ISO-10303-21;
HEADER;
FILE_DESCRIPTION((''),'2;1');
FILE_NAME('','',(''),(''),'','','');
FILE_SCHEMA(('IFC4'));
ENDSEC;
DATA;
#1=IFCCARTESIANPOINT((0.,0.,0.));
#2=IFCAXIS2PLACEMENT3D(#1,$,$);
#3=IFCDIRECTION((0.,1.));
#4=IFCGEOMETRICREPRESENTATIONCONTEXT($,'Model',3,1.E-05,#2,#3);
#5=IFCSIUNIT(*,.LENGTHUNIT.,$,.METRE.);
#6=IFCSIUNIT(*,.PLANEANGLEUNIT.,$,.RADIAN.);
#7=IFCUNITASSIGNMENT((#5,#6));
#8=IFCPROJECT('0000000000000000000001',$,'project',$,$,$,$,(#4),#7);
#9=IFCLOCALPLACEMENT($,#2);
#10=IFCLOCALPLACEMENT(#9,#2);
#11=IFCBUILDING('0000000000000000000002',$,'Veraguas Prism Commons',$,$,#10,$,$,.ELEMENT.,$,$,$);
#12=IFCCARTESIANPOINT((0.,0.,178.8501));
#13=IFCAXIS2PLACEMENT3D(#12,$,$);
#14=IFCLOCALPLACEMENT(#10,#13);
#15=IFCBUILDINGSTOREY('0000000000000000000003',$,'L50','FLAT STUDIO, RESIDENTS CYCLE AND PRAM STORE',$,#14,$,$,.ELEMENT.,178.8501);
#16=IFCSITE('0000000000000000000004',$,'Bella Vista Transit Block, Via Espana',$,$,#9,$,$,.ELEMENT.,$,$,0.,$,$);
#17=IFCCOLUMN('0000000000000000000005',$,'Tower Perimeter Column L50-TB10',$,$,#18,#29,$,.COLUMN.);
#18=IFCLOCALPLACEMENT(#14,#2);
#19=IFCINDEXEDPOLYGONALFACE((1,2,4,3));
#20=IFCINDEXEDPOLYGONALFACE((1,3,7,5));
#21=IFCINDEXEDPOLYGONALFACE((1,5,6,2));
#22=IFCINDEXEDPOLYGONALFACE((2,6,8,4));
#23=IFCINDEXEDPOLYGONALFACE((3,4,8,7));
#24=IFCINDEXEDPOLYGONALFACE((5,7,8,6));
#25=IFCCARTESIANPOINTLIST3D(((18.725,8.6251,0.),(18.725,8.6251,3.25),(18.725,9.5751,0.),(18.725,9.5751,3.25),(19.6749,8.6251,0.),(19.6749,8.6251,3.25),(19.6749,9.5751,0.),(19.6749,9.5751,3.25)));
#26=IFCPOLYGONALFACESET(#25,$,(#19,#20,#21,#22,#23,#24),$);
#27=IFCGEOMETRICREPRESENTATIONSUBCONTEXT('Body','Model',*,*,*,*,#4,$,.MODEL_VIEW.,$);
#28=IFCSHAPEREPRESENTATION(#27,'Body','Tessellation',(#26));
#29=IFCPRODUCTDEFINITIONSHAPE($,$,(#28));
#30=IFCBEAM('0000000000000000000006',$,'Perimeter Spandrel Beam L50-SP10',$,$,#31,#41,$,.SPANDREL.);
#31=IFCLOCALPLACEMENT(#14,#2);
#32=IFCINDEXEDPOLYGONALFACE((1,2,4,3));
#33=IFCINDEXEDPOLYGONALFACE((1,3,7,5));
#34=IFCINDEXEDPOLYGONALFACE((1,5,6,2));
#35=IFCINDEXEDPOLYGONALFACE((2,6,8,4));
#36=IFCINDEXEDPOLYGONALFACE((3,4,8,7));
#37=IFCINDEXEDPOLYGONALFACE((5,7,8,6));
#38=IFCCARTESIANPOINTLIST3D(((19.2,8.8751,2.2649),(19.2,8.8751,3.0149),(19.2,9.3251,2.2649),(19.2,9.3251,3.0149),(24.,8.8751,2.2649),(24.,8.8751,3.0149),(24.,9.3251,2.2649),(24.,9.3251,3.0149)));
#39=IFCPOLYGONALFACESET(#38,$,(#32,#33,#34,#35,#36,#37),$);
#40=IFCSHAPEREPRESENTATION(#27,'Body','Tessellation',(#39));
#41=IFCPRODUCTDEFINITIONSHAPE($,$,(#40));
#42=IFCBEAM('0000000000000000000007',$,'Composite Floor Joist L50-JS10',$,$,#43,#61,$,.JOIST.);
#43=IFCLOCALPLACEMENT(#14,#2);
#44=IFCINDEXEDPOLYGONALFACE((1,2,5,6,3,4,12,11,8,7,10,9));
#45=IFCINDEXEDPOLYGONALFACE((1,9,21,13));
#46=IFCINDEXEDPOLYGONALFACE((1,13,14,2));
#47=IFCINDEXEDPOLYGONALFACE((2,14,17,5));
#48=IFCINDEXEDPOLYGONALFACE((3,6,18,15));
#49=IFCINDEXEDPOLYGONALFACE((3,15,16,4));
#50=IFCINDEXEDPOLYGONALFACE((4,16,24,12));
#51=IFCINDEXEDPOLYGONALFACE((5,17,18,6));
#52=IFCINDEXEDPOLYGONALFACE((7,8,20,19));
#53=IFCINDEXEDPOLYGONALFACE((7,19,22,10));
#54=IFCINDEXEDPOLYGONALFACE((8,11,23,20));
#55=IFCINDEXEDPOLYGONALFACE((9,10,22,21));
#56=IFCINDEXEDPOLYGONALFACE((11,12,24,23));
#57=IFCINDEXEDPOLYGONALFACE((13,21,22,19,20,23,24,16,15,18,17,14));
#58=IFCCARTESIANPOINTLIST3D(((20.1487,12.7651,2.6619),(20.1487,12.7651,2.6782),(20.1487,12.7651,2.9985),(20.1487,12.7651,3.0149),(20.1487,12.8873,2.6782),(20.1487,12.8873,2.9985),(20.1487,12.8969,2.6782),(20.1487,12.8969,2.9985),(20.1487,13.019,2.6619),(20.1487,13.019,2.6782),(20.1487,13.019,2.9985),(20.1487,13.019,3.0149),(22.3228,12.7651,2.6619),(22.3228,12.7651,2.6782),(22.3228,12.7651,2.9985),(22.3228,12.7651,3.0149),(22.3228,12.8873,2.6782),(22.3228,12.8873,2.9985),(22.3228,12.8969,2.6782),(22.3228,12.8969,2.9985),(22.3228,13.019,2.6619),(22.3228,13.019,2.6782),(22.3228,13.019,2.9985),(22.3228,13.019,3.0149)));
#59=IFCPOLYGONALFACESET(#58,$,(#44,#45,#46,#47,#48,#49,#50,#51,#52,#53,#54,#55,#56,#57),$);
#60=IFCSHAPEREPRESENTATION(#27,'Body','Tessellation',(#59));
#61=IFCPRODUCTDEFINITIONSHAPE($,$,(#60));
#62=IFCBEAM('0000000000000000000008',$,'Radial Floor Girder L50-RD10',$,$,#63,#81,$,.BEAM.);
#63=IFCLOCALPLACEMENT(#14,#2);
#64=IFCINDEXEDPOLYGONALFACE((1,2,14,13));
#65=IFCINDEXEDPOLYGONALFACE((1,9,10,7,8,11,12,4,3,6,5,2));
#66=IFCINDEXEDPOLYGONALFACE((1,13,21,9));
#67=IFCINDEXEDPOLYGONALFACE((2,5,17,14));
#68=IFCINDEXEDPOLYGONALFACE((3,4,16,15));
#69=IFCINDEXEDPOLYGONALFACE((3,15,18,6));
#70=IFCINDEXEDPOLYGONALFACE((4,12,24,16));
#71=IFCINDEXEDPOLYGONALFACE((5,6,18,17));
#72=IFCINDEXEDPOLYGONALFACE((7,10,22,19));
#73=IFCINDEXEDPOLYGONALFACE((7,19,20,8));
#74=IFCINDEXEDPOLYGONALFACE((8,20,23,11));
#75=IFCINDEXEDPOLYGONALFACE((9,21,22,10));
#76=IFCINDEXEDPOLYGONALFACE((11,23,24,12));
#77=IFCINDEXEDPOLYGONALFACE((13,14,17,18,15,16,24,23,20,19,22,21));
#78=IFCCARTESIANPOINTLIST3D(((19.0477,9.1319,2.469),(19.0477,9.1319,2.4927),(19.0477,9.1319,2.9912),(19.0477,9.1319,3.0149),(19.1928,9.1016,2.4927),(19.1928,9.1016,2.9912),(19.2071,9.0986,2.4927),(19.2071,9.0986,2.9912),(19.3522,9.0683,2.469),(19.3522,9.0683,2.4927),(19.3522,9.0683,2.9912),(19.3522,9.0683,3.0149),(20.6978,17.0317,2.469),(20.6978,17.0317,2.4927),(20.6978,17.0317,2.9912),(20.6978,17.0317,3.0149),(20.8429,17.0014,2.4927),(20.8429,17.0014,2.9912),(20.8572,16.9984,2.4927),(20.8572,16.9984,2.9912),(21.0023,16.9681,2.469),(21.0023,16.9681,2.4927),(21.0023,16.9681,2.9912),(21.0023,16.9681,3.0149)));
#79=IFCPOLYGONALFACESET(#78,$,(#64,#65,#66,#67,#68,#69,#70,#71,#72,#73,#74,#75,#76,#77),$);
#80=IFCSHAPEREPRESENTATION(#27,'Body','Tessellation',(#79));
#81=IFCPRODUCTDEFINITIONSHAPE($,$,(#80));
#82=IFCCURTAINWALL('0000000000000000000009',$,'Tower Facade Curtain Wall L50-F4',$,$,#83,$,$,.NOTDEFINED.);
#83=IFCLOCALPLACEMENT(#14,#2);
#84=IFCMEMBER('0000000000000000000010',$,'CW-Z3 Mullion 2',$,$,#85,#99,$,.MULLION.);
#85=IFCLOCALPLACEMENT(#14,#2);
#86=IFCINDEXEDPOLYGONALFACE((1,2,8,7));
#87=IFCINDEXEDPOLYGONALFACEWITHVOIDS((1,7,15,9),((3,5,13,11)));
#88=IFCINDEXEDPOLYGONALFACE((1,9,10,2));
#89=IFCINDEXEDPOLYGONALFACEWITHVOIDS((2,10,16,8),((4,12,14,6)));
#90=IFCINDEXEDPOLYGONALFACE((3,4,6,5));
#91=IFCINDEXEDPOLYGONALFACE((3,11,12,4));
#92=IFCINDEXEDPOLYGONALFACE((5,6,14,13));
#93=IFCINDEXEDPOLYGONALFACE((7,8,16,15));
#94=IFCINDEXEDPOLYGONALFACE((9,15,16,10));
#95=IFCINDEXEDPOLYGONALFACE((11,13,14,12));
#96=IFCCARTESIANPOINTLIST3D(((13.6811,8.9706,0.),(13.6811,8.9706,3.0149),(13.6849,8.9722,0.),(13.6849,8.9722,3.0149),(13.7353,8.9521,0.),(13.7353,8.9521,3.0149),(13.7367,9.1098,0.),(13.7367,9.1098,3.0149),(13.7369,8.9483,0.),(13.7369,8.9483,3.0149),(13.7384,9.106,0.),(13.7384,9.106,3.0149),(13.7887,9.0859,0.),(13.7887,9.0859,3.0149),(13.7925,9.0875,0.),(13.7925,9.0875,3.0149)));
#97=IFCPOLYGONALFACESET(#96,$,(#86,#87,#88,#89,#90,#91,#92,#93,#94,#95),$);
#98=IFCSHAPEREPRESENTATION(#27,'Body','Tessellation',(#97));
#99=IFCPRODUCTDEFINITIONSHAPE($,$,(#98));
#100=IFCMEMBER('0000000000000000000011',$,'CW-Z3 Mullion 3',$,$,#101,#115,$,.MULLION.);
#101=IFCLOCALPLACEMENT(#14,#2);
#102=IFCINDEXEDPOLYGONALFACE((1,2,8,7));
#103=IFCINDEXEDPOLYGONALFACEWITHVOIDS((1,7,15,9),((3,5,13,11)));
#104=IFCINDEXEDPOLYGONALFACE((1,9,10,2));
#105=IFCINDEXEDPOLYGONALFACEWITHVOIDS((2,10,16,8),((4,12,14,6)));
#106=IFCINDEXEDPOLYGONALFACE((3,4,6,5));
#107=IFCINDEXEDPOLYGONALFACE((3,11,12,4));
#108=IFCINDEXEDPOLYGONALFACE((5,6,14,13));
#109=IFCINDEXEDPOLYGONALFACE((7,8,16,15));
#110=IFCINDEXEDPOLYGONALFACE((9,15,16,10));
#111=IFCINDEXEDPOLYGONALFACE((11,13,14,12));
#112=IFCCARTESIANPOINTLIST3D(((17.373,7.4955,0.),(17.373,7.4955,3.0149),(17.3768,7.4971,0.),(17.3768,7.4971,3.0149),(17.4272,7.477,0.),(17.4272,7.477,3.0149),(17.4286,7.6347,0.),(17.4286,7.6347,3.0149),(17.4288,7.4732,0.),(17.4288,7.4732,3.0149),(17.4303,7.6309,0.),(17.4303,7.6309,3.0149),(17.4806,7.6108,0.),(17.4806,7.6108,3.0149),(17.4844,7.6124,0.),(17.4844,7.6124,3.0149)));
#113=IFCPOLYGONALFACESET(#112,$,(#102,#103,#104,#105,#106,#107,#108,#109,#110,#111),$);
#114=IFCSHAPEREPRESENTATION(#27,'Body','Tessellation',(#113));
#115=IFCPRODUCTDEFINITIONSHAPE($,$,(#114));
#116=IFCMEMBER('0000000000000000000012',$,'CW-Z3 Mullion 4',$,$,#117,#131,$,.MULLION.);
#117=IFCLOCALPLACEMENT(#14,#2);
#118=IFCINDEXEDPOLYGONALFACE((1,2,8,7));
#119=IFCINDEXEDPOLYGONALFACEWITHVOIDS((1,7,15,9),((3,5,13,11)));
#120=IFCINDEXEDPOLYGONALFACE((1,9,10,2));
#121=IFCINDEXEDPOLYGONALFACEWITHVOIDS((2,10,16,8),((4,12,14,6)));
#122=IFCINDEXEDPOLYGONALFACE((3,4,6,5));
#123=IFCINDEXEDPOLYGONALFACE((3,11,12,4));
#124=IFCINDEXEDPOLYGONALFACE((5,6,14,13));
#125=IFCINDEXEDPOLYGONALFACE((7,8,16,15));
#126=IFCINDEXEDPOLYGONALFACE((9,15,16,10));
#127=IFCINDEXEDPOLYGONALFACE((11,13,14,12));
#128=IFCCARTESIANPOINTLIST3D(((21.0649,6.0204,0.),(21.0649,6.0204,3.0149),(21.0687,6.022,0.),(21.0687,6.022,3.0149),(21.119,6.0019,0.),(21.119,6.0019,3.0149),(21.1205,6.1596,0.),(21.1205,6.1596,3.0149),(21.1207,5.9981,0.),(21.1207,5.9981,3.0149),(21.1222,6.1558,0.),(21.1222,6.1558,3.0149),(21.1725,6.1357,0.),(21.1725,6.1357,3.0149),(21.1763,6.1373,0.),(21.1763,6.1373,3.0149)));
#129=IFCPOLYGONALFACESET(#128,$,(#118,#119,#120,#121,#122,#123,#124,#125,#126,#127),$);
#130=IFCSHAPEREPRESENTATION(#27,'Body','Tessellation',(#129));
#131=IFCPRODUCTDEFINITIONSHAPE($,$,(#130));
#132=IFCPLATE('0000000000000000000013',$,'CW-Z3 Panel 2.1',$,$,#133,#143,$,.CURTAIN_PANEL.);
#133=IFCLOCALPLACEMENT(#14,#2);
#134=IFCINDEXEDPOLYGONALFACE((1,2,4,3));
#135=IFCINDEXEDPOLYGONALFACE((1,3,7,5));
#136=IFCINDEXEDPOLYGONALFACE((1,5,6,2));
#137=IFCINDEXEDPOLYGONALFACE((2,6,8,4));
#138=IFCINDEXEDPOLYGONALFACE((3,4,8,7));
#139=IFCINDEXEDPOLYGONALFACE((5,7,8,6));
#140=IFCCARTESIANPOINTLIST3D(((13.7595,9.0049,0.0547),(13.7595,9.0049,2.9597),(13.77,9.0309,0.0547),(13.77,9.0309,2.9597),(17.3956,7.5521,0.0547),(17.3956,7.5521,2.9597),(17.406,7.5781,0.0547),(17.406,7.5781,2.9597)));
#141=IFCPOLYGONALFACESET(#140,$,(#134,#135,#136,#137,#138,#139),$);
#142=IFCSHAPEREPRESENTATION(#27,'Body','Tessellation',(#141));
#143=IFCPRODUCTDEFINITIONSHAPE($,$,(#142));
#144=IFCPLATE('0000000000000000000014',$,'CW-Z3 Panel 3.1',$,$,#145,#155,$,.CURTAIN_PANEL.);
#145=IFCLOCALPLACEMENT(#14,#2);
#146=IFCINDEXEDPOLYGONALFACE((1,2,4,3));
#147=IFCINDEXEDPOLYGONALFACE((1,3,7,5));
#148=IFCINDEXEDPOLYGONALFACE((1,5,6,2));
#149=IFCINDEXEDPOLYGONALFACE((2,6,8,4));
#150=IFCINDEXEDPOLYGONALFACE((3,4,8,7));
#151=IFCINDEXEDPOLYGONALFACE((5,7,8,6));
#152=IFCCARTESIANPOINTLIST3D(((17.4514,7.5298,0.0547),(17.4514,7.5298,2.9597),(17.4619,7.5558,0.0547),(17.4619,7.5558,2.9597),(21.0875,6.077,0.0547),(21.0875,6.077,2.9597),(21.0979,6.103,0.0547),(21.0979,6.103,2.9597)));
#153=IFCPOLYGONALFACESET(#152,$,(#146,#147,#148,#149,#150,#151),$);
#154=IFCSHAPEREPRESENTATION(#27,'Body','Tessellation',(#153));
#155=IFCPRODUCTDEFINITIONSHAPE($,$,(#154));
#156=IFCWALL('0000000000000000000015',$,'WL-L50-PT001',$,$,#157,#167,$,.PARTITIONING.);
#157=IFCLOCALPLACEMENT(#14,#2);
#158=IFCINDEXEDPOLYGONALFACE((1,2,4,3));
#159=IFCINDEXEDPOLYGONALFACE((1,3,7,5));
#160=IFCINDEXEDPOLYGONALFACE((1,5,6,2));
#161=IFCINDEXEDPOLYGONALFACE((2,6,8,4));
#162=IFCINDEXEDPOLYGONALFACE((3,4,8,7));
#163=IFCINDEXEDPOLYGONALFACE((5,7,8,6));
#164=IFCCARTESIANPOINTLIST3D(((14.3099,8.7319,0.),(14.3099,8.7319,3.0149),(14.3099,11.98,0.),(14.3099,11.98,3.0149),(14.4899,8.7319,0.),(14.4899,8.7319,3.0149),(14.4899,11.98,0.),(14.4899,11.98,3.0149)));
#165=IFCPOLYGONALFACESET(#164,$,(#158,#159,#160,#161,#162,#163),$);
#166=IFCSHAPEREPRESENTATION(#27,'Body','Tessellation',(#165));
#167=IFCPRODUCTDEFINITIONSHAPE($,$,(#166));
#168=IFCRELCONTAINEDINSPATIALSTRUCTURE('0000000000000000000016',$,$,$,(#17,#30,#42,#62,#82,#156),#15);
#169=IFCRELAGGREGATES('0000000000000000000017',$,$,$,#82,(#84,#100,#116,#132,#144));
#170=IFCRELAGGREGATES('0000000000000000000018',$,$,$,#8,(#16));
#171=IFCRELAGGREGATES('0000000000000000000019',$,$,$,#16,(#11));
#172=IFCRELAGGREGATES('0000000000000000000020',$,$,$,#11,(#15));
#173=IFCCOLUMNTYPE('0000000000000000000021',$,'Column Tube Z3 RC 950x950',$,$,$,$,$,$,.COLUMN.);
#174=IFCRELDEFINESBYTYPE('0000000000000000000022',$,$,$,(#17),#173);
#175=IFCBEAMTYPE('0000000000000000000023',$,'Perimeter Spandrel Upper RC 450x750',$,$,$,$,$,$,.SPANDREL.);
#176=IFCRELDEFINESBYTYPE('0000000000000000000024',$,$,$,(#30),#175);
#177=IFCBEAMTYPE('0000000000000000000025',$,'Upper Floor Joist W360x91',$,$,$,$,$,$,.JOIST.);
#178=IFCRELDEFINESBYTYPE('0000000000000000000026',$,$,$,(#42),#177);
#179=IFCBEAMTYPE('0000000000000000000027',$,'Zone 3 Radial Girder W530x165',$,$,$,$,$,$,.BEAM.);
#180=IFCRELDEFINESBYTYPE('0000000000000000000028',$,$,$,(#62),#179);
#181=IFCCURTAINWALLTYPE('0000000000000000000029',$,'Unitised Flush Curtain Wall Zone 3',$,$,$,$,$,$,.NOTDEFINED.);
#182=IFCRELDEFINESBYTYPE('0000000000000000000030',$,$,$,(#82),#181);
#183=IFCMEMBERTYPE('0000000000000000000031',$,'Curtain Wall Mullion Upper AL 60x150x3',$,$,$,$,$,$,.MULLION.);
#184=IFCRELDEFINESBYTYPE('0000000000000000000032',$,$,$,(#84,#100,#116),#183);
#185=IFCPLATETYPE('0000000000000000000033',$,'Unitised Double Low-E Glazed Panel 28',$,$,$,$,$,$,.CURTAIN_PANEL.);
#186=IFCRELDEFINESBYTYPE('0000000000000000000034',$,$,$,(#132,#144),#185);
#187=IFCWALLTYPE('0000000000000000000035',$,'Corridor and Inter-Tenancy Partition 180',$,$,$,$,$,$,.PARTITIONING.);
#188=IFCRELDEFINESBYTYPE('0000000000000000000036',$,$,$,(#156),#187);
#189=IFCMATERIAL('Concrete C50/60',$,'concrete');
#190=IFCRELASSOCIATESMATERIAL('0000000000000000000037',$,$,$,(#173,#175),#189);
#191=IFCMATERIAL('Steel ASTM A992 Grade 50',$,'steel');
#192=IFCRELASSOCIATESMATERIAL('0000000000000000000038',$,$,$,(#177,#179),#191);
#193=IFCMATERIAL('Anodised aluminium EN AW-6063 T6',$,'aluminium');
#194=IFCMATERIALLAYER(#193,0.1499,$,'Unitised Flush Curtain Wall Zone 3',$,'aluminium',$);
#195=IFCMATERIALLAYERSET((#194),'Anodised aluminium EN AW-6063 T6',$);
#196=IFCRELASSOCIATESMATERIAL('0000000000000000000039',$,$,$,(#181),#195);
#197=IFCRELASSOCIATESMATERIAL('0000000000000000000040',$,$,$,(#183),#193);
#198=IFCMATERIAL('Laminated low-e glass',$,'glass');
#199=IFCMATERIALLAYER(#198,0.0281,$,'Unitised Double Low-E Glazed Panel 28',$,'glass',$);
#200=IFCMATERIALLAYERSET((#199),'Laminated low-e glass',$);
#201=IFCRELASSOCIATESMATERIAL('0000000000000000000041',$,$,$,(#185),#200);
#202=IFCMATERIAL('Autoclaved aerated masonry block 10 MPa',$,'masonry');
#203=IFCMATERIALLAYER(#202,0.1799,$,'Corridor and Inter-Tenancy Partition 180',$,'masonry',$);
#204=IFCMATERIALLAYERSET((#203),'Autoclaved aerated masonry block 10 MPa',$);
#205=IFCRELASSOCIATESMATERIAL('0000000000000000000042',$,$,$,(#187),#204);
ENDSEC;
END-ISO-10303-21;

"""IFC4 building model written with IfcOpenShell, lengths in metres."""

from ifc_helpers import new_model, si_unit, direction, frame, frame_2d, origin, origin_2d, place, context, subcontext, project, spatial, rectangle, hollow_rectangle, i_section, extrude, source, transform, mapped, material, layer, layer_set, material_profile, profile_set, type_object, element, aggregate, save


model = new_model("IFC4")

# Units and contexts
model_context = context("Model", 3, precision=1e-05, world=origin(), true_north=direction((0.0, 1.0)))
body_context = subcontext(model_context, "Body", "Model", "MODEL_VIEW")
ifc_project = project(units=[si_unit("LENGTHUNIT", "METRE"), si_unit("PLANEANGLEUNIT", "RADIAN")], contexts=[model_context])

# Site, building, storey
site_placement = place(None, origin())
site = spatial("IfcSite", under=ifc_project, at=site_placement, Name="Bella Vista Transit Block, Via Espana", CompositionType="ELEMENT", RefElevation=0.0)
building_placement = place(site_placement, origin())
building = spatial("IfcBuilding", under=site, at=building_placement, Name="Veraguas Prism Commons", CompositionType="ELEMENT")
storey_placement = place(building_placement, frame((0.0, 0.0, 178.8501)))
storey = spatial("IfcBuildingStorey", under=building, at=storey_placement, Name="L50", Description="FLAT STUDIO, RESIDENTS CYCLE AND PRAM STORE", CompositionType="ELEMENT", Elevation=178.8501)

# Column
ifc_material_1 = material(Name="Concrete C50/60", Category="concrete")
ifc_material_profile_1 = material_profile(ifc_material_1, rectangle(XDim=0.95, YDim=0.95, at=origin_2d()), Name="RC950X950")
ifc_profile_set_1 = profile_set([ifc_material_profile_1], Name="Concrete C50/60")
column_type = type_object("IfcColumnType", Name="Column Tube Z3 RC 950x950", PredefinedType="COLUMN", material=ifc_profile_set_1)
column_placement = place(storey_placement, frame((19.2, 9.1001, 0.0), z_axis=(0.0, 0.0, 1.0), x_axis=(1.0, 0.0, 0.0)))
element("IfcColumn", 1, at=column_placement, inside=storey, type_object=column_type, Name="Tower Perimeter Column L50-TB10", PredefinedType="COLUMN", context=body_context, shape_type="SweptSolid", body=[
    extrude(rectangle(XDim=0.95, YDim=0.95, at=origin_2d()), origin(), (0.0, 0.0, 1.0), 3.25),
])

# Beams
ifc_material_profile_2 = material_profile(ifc_material_1, rectangle(XDim=0.45, YDim=0.75, at=origin_2d()), Name="RC450X750")
ifc_profile_set_2 = profile_set([ifc_material_profile_2], Name="Concrete C50/60")
beam_type_1 = type_object("IfcBeamType", Name="Perimeter Spandrel Upper RC 450x750", PredefinedType="SPANDREL", material=ifc_profile_set_2)
beam_1_placement = place(storey_placement, frame((19.2, 9.1001, 2.6399), z_axis=(1.0, 0.0, 0.0), x_axis=(0.0, 1.0, 0.0)))
element("IfcBeam", 2, at=beam_1_placement, inside=storey, type_object=beam_type_1, Name="Perimeter Spandrel Beam L50-SP10", PredefinedType="SPANDREL", context=body_context, shape_type="SweptSolid", body=[
    extrude(rectangle(XDim=0.45, YDim=0.75, at=origin_2d()), origin(), (0.0, 0.0, 1.0), 4.8),
])
ifc_material_2 = material(Name="Steel ASTM A992 Grade 50", Category="steel")
ifc_material_profile_3 = material_profile(ifc_material_2, i_section(OverallWidth=0.2539, OverallDepth=0.353, WebThickness=0.0095, FlangeThickness=0.0164, at=origin_2d()), Name="W360X91")
ifc_profile_set_3 = profile_set([ifc_material_profile_3], Name="Steel ASTM A992 Grade 50")
beam_type_2 = type_object("IfcBeamType", Name="Upper Floor Joist W360x91", PredefinedType="JOIST", material=ifc_profile_set_3)
beam_2_placement = place(storey_placement, frame((20.1487, 12.8921, 2.8384), z_axis=(1.0, 0.0, 0.0), x_axis=(0.0, 1.0, 0.0)))
element("IfcBeam", 3, at=beam_2_placement, inside=storey, type_object=beam_type_2, Name="Composite Floor Joist L50-JS10", PredefinedType="JOIST", context=body_context, shape_type="SweptSolid", body=[
    extrude(i_section(OverallWidth=0.2539, OverallDepth=0.353, WebThickness=0.0095, FlangeThickness=0.0164, at=origin_2d()), origin(), (0.0, 0.0, 1.0), 2.1741),
])
ifc_material_profile_4 = material_profile(ifc_material_2, i_section(OverallWidth=0.311, OverallDepth=0.5459, WebThickness=0.0146, FlangeThickness=0.0237, at=origin_2d()), Name="W530X165")
ifc_profile_set_4 = profile_set([ifc_material_profile_4], Name="Steel ASTM A992 Grade 50")
beam_type_3 = type_object("IfcBeamType", Name="Zone 3 Radial Girder W530x165", PredefinedType="BEAM", material=ifc_profile_set_4)
beam_3_placement = place(storey_placement, frame((19.2, 9.1001, 2.7419), z_axis=(0.204469, 0.978873, 0.0), x_axis=(-0.978873, 0.204469, 0.0)))
element("IfcBeam", 4, at=beam_3_placement, inside=storey, type_object=beam_type_3, Name="Radial Floor Girder L50-RD10", PredefinedType="BEAM", context=body_context, shape_type="SweptSolid", body=[
    extrude(i_section(OverallWidth=0.311, OverallDepth=0.5459, WebThickness=0.0146, FlangeThickness=0.0237, at=origin_2d()), origin(), (0.0, 0.0, 1.0), 8.0703),
])

# Curtain wall, members, plates
ifc_material_3 = material(Name="Anodised aluminium EN AW-6063 T6", Category="aluminium")
ifc_layer_1 = layer(ifc_material_3, 0.1499, Name="Unitised Flush Curtain Wall Zone 3", Category="aluminium")
ifc_layer_set_1 = layer_set([ifc_layer_1], Name="Anodised aluminium EN AW-6063 T6")
curtain_wall_type = type_object("IfcCurtainWallType", Name="Unitised Flush Curtain Wall Zone 3", PredefinedType="NOTDEFINED", material=ifc_layer_set_1)
curtain_wall_placement = place(storey_placement, origin())
curtain_wall = element("IfcCurtainWall", 5, at=curtain_wall_placement, inside=storey, type_object=curtain_wall_type, Name="Tower Facade Curtain Wall L50-F4", PredefinedType="NOTDEFINED")
ifc_material_profile_5 = material_profile(ifc_material_3, hollow_rectangle(XDim=0.0601, YDim=0.1499, WallThickness=0.0029, at=origin_2d()), Name="AL60X150X3")
ifc_profile_set_5 = profile_set([ifc_material_profile_5], Name="Anodised aluminium EN AW-6063 T6")
member_type = type_object("IfcMemberType", Name="Curtain Wall Mullion Upper AL 60x150x3", PredefinedType="MULLION", material=ifc_profile_set_5)
shared_shape_1 = source(origin(), body_context, "Body", "SweptSolid", [
    extrude(hollow_rectangle(XDim=0.0601, YDim=0.1499, WallThickness=0.0029, at=origin_2d()), origin(), (0.0, 0.0, 1.0), 3.0149),
])
member_1_placement = place(storey_placement, frame((13.7368, 9.0291, 0.0), z_axis=(0.0, 0.0, 1.0), x_axis=(0.928618, -0.371037, 0.0)))
member_1 = element("IfcMember", 6, at=member_1_placement, type_object=member_type, Name="CW-Z3 Mullion 2", PredefinedType="MULLION", context=body_context, shape_type="MappedRepresentation", body=[
    mapped(shared_shape_1, transform((0.0, 0.0, 0.0), scale=1.0)),
])
member_2_placement = place(storey_placement, frame((17.4287, 7.554, 0.0), z_axis=(0.0, 0.0, 1.0), x_axis=(0.928618, -0.371037, 0.0)))
member_2 = element("IfcMember", 7, at=member_2_placement, type_object=member_type, Name="CW-Z3 Mullion 3", PredefinedType="MULLION", context=body_context, shape_type="MappedRepresentation", body=[
    mapped(shared_shape_1, transform((0.0, 0.0, 0.0), scale=1.0)),
])
member_3_placement = place(storey_placement, frame((21.1206, 6.0789, 0.0), z_axis=(0.0, 0.0, 1.0), x_axis=(0.928618, -0.371037, 0.0)))
member_3 = element("IfcMember", 8, at=member_3_placement, type_object=member_type, Name="CW-Z3 Mullion 4", PredefinedType="MULLION", context=body_context, shape_type="MappedRepresentation", body=[
    mapped(shared_shape_1, transform((0.0, 0.0, 0.0), scale=1.0)),
])
ifc_material_4 = material(Name="Laminated low-e glass", Category="glass")
ifc_layer_2 = layer(ifc_material_4, 0.0281, Name="Unitised Double Low-E Glazed Panel 28", Category="glass")
ifc_layer_set_2 = layer_set([ifc_layer_2], Name="Laminated low-e glass")
plate_type = type_object("IfcPlateType", Name="Unitised Double Low-E Glazed Panel 28", PredefinedType="CURTAIN_PANEL", material=ifc_layer_set_2)
shared_shape_2 = source(origin(), body_context, "Body", "SweptSolid", [
    extrude(rectangle(XDim=3.9155, YDim=0.0281, at=origin_2d()), origin(), (0.0, 0.0, 1.0), 2.905),
])
plate_1_placement = place(storey_placement, frame((15.5828, 8.2915, 0.0547), z_axis=(0.0, 0.0, 1.0), x_axis=(0.928618, -0.371037, 0.0)))
plate_1 = element("IfcPlate", 9, at=plate_1_placement, type_object=plate_type, Name="CW-Z3 Panel 2.1", PredefinedType="CURTAIN_PANEL", context=body_context, shape_type="MappedRepresentation", body=[
    mapped(shared_shape_2, transform((0.0, 0.0, 0.0), scale=1.0)),
])
plate_2_placement = place(storey_placement, frame((19.2747, 6.8164, 0.0547), z_axis=(0.0, 0.0, 1.0), x_axis=(0.928618, -0.371037, 0.0)))
plate_2 = element("IfcPlate", 10, at=plate_2_placement, type_object=plate_type, Name="CW-Z3 Panel 3.1", PredefinedType="CURTAIN_PANEL", context=body_context, shape_type="MappedRepresentation", body=[
    mapped(shared_shape_2, transform((0.0, 0.0, 0.0), scale=1.0)),
])
aggregate(curtain_wall, [member_1, member_2, member_3, plate_1, plate_2])

# Wall
ifc_material_5 = material(Name="Autoclaved aerated masonry block 10 MPa", Category="masonry")
ifc_layer_3 = layer(ifc_material_5, 0.1799, Name="Corridor and Inter-Tenancy Partition 180", Category="masonry")
ifc_layer_set_3 = layer_set([ifc_layer_3], Name="Autoclaved aerated masonry block 10 MPa")
wall_type_1 = type_object("IfcWallType", Name="Corridor and Inter-Tenancy Partition 180", PredefinedType="PARTITIONING", material=ifc_layer_set_3)
wall_1_placement = place(storey_placement, frame((14.3999, 11.98, 0.0), z_axis=(0.0, 0.0, 1.0), x_axis=(0.0, -1.0, 0.0)))
element("IfcWall", 11, at=wall_1_placement, inside=storey, type_object=wall_type_1, Name="WL-L50-PT001", PredefinedType="PARTITIONING", context=body_context, shape_type="SweptSolid", body=[
    extrude(rectangle(XDim=3.248, YDim=0.1799, at=frame_2d((1.624, 0.0))), origin(), (0.0, 0.0, 1.0), 3.0149),
])

save(model, "model.ifc")
